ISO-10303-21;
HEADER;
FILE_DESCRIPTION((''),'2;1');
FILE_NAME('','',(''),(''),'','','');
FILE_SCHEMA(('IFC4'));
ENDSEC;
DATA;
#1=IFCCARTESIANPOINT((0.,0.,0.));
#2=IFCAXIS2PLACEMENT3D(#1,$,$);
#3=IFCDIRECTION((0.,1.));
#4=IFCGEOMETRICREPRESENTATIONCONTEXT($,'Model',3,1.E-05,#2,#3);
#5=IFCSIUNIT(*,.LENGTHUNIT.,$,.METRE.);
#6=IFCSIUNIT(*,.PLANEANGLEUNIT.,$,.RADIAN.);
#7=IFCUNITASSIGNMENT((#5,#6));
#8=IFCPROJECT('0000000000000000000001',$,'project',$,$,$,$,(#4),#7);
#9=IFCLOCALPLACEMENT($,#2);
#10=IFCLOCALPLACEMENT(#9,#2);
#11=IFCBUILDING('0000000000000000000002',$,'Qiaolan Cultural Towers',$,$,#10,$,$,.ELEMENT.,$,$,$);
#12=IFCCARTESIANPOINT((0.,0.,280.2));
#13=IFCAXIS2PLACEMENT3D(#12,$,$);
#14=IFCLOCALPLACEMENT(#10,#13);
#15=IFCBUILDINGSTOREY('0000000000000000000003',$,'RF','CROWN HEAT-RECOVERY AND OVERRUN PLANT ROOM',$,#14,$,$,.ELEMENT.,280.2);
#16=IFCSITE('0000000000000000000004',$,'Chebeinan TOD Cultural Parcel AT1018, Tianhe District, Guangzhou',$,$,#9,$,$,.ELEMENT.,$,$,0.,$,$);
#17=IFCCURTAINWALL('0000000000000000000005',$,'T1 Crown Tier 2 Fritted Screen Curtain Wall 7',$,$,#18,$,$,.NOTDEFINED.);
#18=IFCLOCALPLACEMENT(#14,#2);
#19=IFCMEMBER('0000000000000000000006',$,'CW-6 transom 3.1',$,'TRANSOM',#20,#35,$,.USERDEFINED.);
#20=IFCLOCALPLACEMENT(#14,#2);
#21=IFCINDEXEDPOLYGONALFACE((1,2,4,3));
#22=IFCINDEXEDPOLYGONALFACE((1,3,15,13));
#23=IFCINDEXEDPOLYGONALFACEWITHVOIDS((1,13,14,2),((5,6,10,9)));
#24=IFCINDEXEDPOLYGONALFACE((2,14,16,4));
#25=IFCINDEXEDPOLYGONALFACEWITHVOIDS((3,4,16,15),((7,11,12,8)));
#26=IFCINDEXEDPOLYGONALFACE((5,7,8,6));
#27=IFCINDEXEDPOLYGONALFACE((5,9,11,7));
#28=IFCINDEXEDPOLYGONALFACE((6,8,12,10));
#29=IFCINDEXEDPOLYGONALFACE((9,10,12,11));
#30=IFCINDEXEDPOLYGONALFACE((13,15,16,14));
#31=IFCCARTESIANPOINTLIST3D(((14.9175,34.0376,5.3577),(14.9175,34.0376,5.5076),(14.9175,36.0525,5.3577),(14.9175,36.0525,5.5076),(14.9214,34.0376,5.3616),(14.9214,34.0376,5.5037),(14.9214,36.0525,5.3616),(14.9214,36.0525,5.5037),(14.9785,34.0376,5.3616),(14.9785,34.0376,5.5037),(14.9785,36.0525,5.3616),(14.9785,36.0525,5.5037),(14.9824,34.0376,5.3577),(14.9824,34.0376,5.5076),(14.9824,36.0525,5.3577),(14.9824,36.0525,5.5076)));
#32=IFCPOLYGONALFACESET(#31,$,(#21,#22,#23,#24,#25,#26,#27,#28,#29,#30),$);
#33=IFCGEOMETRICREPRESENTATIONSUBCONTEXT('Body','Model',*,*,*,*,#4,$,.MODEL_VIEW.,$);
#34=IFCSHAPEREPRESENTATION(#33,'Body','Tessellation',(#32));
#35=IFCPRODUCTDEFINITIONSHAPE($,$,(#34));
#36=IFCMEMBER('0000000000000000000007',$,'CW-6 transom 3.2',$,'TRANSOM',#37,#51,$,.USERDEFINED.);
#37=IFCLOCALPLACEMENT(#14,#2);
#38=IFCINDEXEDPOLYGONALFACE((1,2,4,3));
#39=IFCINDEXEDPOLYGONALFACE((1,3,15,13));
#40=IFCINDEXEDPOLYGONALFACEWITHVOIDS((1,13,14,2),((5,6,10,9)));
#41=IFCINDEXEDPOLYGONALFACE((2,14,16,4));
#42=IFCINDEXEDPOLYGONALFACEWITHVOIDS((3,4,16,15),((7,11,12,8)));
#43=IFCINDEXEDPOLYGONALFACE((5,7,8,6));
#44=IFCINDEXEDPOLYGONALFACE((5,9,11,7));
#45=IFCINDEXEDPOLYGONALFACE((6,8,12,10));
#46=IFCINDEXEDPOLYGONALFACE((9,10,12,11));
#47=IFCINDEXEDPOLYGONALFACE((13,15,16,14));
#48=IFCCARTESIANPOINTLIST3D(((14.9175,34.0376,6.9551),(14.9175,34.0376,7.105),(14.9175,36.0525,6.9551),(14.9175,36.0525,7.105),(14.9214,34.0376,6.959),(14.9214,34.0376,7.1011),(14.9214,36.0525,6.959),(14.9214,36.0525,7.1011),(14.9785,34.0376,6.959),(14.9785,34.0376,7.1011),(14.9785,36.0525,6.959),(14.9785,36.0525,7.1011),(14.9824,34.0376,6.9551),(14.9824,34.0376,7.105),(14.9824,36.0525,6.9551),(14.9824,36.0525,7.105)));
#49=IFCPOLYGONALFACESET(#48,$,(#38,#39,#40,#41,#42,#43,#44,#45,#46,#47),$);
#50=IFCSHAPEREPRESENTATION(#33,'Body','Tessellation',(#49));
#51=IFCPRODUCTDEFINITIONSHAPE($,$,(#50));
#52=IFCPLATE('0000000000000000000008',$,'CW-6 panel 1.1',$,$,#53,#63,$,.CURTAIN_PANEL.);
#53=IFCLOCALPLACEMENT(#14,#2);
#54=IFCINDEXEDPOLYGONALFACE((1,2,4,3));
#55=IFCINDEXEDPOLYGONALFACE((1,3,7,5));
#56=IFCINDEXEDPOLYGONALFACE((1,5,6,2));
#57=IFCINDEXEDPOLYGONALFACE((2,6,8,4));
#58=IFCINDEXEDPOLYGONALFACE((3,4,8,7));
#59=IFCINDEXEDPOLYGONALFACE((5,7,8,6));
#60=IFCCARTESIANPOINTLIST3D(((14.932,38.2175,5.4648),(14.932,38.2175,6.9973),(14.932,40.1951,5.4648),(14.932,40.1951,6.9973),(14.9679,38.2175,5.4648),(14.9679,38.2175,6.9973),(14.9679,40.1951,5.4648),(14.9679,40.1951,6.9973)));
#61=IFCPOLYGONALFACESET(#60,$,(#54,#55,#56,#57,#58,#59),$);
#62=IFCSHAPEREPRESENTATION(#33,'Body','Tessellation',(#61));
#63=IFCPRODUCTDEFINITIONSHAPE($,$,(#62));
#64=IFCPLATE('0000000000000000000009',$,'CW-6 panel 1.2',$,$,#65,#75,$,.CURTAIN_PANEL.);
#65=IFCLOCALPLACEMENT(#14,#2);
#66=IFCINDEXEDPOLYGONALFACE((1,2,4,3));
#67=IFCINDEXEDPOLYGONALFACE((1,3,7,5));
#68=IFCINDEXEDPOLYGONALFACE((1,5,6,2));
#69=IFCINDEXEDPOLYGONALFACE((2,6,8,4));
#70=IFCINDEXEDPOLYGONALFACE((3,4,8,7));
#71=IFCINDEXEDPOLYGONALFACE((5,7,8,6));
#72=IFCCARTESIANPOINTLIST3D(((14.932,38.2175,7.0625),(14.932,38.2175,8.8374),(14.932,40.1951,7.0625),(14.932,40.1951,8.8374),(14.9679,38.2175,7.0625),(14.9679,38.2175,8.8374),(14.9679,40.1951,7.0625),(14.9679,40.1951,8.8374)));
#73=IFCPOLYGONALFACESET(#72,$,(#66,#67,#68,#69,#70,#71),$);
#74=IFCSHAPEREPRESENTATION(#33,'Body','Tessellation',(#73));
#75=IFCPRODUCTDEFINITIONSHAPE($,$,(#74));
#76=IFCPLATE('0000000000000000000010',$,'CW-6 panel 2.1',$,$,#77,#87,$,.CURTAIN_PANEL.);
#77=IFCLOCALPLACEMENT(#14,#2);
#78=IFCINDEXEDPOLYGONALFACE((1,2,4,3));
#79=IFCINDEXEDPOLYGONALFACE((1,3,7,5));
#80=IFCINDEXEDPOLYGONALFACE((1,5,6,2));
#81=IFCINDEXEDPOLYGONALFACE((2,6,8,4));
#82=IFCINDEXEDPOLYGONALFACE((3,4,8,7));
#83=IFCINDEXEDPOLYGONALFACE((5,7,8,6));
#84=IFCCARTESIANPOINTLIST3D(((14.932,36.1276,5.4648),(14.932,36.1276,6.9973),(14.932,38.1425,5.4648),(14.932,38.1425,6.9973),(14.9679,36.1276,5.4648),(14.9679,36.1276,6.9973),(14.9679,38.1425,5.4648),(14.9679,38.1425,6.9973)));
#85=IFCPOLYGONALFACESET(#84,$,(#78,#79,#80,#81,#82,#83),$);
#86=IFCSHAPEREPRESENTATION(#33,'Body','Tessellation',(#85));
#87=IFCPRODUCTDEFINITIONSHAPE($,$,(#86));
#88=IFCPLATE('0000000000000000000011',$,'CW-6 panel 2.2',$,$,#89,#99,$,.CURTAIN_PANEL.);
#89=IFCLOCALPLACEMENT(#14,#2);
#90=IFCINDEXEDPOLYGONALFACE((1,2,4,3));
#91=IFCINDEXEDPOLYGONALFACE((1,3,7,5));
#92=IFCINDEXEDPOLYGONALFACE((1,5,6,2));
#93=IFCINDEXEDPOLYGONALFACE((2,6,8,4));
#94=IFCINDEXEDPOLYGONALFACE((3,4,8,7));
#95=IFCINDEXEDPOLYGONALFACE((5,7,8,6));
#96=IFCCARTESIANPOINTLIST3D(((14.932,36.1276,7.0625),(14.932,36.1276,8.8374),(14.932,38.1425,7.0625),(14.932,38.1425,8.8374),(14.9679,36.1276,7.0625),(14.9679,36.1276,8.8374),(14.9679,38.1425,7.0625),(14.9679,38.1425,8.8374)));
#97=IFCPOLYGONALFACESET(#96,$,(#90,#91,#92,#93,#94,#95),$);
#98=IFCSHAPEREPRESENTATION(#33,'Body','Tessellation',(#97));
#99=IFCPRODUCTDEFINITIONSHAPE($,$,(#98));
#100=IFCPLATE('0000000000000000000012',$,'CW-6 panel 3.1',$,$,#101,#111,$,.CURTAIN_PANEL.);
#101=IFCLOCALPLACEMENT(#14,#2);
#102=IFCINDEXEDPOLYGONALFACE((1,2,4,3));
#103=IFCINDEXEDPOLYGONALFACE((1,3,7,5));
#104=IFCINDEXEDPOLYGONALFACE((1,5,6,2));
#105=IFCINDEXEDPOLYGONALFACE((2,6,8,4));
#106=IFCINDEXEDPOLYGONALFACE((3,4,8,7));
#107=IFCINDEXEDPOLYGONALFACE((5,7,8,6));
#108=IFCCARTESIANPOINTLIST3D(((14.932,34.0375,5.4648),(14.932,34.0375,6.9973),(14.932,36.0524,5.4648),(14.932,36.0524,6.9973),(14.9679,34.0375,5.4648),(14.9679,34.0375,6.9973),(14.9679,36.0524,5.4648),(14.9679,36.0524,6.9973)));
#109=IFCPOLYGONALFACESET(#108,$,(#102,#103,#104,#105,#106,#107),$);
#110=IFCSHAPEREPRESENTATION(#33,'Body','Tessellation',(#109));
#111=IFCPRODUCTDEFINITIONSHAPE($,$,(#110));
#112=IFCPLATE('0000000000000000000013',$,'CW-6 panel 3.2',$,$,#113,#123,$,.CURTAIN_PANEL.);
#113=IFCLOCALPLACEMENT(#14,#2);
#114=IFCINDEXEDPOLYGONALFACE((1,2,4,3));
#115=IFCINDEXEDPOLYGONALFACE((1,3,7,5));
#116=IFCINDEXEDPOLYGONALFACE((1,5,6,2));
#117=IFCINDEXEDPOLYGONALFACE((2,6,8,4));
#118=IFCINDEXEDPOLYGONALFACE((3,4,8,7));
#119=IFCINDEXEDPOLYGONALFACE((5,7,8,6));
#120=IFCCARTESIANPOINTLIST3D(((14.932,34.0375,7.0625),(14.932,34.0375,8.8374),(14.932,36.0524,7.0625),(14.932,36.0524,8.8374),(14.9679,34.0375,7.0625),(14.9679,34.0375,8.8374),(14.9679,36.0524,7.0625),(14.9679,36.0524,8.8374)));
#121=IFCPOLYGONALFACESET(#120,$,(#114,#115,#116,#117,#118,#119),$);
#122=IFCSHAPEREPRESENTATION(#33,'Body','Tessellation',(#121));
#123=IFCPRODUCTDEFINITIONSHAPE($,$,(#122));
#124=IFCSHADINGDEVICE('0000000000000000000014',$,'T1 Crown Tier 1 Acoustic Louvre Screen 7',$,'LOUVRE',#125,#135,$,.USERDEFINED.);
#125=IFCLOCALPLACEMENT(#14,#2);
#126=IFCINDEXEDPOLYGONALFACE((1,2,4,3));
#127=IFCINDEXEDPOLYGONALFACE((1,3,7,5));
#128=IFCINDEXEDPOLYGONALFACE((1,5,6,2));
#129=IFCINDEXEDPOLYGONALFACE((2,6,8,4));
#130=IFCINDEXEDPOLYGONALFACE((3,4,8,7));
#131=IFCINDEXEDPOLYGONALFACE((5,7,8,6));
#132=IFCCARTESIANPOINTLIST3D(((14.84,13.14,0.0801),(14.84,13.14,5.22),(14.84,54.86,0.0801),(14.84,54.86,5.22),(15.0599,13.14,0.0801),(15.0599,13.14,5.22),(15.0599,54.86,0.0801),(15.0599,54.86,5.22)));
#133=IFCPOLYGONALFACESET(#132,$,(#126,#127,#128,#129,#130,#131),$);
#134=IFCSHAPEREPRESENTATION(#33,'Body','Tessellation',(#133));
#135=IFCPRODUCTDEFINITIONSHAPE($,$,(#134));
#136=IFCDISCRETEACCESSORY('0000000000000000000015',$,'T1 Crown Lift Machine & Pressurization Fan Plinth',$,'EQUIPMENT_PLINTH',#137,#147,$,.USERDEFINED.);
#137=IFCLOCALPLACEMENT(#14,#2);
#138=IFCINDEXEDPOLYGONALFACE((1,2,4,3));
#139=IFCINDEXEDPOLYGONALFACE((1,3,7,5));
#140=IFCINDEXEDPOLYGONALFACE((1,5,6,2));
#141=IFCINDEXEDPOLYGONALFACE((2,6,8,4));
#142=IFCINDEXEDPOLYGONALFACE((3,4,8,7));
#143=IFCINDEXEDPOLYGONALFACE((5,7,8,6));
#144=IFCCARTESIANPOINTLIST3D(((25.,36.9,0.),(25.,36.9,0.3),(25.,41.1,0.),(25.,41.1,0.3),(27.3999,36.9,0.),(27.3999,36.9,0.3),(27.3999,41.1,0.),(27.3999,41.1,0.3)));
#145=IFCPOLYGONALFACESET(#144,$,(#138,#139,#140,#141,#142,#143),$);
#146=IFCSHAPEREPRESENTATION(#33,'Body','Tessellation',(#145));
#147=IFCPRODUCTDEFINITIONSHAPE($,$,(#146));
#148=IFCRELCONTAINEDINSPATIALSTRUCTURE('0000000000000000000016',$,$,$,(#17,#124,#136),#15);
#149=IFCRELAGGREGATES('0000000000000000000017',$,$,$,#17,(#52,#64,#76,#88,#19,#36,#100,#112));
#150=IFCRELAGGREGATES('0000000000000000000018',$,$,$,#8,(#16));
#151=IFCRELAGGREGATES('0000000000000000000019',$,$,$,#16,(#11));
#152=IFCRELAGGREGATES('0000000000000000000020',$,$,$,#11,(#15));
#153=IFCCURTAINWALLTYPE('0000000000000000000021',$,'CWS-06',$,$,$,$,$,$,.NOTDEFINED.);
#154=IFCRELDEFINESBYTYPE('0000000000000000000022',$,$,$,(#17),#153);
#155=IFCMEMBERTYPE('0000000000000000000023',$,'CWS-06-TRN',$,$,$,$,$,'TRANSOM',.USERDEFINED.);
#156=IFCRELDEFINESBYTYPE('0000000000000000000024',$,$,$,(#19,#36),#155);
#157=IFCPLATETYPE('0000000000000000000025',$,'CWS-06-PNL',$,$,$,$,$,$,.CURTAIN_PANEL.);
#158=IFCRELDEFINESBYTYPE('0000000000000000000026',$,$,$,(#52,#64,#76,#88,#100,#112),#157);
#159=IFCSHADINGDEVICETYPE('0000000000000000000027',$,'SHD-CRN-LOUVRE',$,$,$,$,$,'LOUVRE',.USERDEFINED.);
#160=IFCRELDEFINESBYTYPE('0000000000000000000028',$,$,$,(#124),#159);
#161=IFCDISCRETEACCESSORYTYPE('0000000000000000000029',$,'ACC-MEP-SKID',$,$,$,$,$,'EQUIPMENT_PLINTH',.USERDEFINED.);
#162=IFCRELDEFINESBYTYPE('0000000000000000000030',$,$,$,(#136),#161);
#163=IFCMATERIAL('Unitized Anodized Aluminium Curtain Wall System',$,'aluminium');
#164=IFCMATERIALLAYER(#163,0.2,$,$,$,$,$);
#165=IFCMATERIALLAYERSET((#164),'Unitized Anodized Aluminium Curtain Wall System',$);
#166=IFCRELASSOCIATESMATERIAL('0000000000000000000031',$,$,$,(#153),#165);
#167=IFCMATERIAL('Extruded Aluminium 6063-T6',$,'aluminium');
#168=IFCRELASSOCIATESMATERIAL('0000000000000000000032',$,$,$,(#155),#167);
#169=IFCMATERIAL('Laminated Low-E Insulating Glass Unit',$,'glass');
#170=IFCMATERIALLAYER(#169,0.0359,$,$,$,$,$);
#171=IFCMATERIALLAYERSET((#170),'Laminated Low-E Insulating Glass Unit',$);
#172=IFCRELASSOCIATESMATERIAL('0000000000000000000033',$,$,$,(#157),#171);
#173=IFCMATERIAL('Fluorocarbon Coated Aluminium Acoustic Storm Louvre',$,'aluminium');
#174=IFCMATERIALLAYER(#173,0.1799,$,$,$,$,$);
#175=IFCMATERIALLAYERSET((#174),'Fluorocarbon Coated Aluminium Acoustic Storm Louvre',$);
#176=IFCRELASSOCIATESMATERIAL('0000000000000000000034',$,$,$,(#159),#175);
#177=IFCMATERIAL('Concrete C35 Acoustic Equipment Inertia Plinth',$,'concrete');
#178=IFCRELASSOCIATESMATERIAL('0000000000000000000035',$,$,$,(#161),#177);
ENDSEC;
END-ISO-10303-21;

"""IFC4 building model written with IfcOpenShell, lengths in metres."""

from ifc_helpers import new_model, si_unit, direction, frame, origin, origin_2d, place, context, subcontext, project, spatial, rectangle, hollow_rectangle, extrude, material, layer, layer_set, material_profile, profile_set, type_object, element, aggregate, save


model = new_model("IFC4")

# Units and contexts
model_context = context("Model", 3, precision=1e-05, world=origin(), true_north=direction((0.0, 1.0)))
body_context = subcontext(model_context, "Body", "Model", "MODEL_VIEW")
ifc_project = project(units=[si_unit("LENGTHUNIT", "METRE"), si_unit("PLANEANGLEUNIT", "RADIAN")], contexts=[model_context])

# Site, building, storey
site_placement = place(None, origin())
site = spatial("IfcSite", under=ifc_project, at=site_placement, Name="Chebeinan TOD Cultural Parcel AT1018, Tianhe District, Guangzhou", CompositionType="ELEMENT", RefElevation=0.0)
building_placement = place(site_placement, origin())
building = spatial("IfcBuilding", under=site, at=building_placement, Name="Qiaolan Cultural Towers", CompositionType="ELEMENT")
storey_placement = place(building_placement, frame((0.0, 0.0, 280.2)))
storey = spatial("IfcBuildingStorey", under=building, at=storey_placement, Name="RF", Description="CROWN HEAT-RECOVERY AND OVERRUN PLANT ROOM", CompositionType="ELEMENT", Elevation=280.2)

# Curtain wall, members, plates
ifc_material_1 = material(Name="Unitized Anodized Aluminium Curtain Wall System", Category="aluminium")
ifc_layer_1 = layer(ifc_material_1, 0.2)
ifc_layer_set_1 = layer_set([ifc_layer_1], Name="Unitized Anodized Aluminium Curtain Wall System")
curtain_wall_type = type_object("IfcCurtainWallType", Name="CWS-06", PredefinedType="NOTDEFINED", material=ifc_layer_set_1)
curtain_wall_placement = place(storey_placement, origin())
curtain_wall = element("IfcCurtainWall", 1, at=curtain_wall_placement, inside=storey, type_object=curtain_wall_type, Name="T1 Crown Tier 2 Fritted Screen Curtain Wall 7", PredefinedType="NOTDEFINED")
ifc_material_2 = material(Name="Extruded Aluminium 6063-T6", Category="aluminium")
ifc_material_profile_1 = material_profile(ifc_material_2, hollow_rectangle(XDim=0.0649, YDim=0.1499, WallThickness=0.0039, at=origin_2d()), Name="CWT-150x65x4")
ifc_profile_set_1 = profile_set([ifc_material_profile_1], Name="Extruded Aluminium 6063-T6")
member_type_1 = type_object("IfcMemberType", Name="CWS-06-TRN", ElementType="TRANSOM", PredefinedType="USERDEFINED", material=ifc_profile_set_1)
member_1_placement = place(storey_placement, frame((14.95, 36.0525, 5.4326), z_axis=(0.0, -1.0, 0.0), x_axis=(1.0, 0.0, 0.0)))
member_1 = element("IfcMember", 2, at=member_1_placement, type_object=member_type_1, Name="CW-6 transom 3.1", ObjectType="TRANSOM", PredefinedType="USERDEFINED", context=body_context, shape_type="SweptSolid", body=[
    extrude(hollow_rectangle(XDim=0.0649, YDim=0.1499, WallThickness=0.0039, at=origin_2d()), origin(), (0.0, 0.0, 1.0), 2.0149),
])
member_2_placement = place(storey_placement, frame((14.95, 36.0525, 7.03), z_axis=(0.0, -1.0, 0.0), x_axis=(1.0, 0.0, 0.0)))
member_2 = element("IfcMember", 3, at=member_2_placement, type_object=member_type_1, Name="CW-6 transom 3.2", ObjectType="TRANSOM", PredefinedType="USERDEFINED", context=body_context, shape_type="SweptSolid", body=[
    extrude(hollow_rectangle(XDim=0.0649, YDim=0.1499, WallThickness=0.0039, at=origin_2d()), origin(), (0.0, 0.0, 1.0), 2.0149),
])
ifc_material_3 = material(Name="Laminated Low-E Insulating Glass Unit", Category="glass")
ifc_layer_2 = layer(ifc_material_3, 0.0359)
ifc_layer_set_2 = layer_set([ifc_layer_2], Name="Laminated Low-E Insulating Glass Unit")
plate_type = type_object("IfcPlateType", Name="CWS-06-PNL", PredefinedType="CURTAIN_PANEL", material=ifc_layer_set_2)
plate_1_placement = place(storey_placement, frame((14.95, 39.2063, 5.4648), z_axis=(0.0, 0.0, 1.0), x_axis=(0.0, -1.0, 0.0)))
plate_1 = element("IfcPlate", 4, at=plate_1_placement, type_object=plate_type, Name="CW-6 panel 1.1", PredefinedType="CURTAIN_PANEL", context=body_context, shape_type="SweptSolid", body=[
    extrude(rectangle(XDim=1.9775, YDim=0.0359, at=origin_2d()), origin(), (0.0, 0.0, 1.0), 1.5325),
])
plate_2_placement = place(storey_placement, frame((14.95, 39.2063, 7.0625), z_axis=(0.0, 0.0, 1.0), x_axis=(0.0, -1.0, 0.0)))
plate_2 = element("IfcPlate", 5, at=plate_2_placement, type_object=plate_type, Name="CW-6 panel 1.2", PredefinedType="CURTAIN_PANEL", context=body_context, shape_type="SweptSolid", body=[
    extrude(rectangle(XDim=1.9775, YDim=0.0359, at=origin_2d()), origin(), (0.0, 0.0, 1.0), 1.7749),
])
plate_3_placement = place(storey_placement, frame((14.95, 37.135, 5.4648), z_axis=(0.0, 0.0, 1.0), x_axis=(0.0, -1.0, 0.0)))
plate_3 = element("IfcPlate", 6, at=plate_3_placement, type_object=plate_type, Name="CW-6 panel 2.1", PredefinedType="CURTAIN_PANEL", context=body_context, shape_type="SweptSolid", body=[
    extrude(rectangle(XDim=2.0149, YDim=0.0359, at=origin_2d()), origin(), (0.0, 0.0, 1.0), 1.5325),
])
plate_4_placement = place(storey_placement, frame((14.95, 37.135, 7.0625), z_axis=(0.0, 0.0, 1.0), x_axis=(0.0, -1.0, 0.0)))
plate_4 = element("IfcPlate", 7, at=plate_4_placement, type_object=plate_type, Name="CW-6 panel 2.2", PredefinedType="CURTAIN_PANEL", context=body_context, shape_type="SweptSolid", body=[
    extrude(rectangle(XDim=2.0149, YDim=0.0359, at=origin_2d()), origin(), (0.0, 0.0, 1.0), 1.7749),
])
plate_5_placement = place(storey_placement, frame((14.95, 35.0449, 5.4648), z_axis=(0.0, 0.0, 1.0), x_axis=(0.0, -1.0, 0.0)))
plate_5 = element("IfcPlate", 8, at=plate_5_placement, type_object=plate_type, Name="CW-6 panel 3.1", PredefinedType="CURTAIN_PANEL", context=body_context, shape_type="SweptSolid", body=[
    extrude(rectangle(XDim=2.0149, YDim=0.0359, at=origin_2d()), origin(), (0.0, 0.0, 1.0), 1.5325),
])
plate_6_placement = place(storey_placement, frame((14.95, 35.0449, 7.0625), z_axis=(0.0, 0.0, 1.0), x_axis=(0.0, -1.0, 0.0)))
plate_6 = element("IfcPlate", 9, at=plate_6_placement, type_object=plate_type, Name="CW-6 panel 3.2", PredefinedType="CURTAIN_PANEL", context=body_context, shape_type="SweptSolid", body=[
    extrude(rectangle(XDim=2.0149, YDim=0.0359, at=origin_2d()), origin(), (0.0, 0.0, 1.0), 1.7749),
])
aggregate(curtain_wall, [plate_1, plate_2, plate_3, plate_4, member_1, member_2, plate_5, plate_6])

# Shading device
ifc_material_4 = material(Name="Fluorocarbon Coated Aluminium Acoustic Storm Louvre", Category="aluminium")
ifc_layer_3 = layer(ifc_material_4, 0.1799)
ifc_layer_set_3 = layer_set([ifc_layer_3], Name="Fluorocarbon Coated Aluminium Acoustic Storm Louvre")
shading_device_type = type_object("IfcShadingDeviceType", Name="SHD-CRN-LOUVRE", ElementType="LOUVRE", PredefinedType="USERDEFINED", material=ifc_layer_set_3)
shading_device_placement = place(storey_placement, frame((14.95, 34.0, 0.0801), z_axis=(0.0, 0.0, 1.0), x_axis=(0.0, -1.0, 0.0)))
element("IfcShadingDevice", 10, at=shading_device_placement, inside=storey, type_object=shading_device_type, Name="T1 Crown Tier 1 Acoustic Louvre Screen 7", ObjectType="LOUVRE", PredefinedType="USERDEFINED", context=body_context, shape_type="SweptSolid", body=[
    extrude(rectangle(XDim=41.72, YDim=0.22, at=origin_2d()), origin(), (0.0, 0.0, 1.0), 5.1399),
])

# Discrete accessory
ifc_material_5 = material(Name="Concrete C35 Acoustic Equipment Inertia Plinth", Category="concrete")
discrete_accessory_type = type_object("IfcDiscreteAccessoryType", Name="ACC-MEP-SKID", ElementType="EQUIPMENT_PLINTH", PredefinedType="USERDEFINED", material=ifc_material_5)
discrete_accessory_placement = place(storey_placement, frame((26.2, 39.0, 0.0), z_axis=(0.0, 0.0, 1.0), x_axis=(1.0, 0.0, 0.0)))
element("IfcDiscreteAccessory", 11, at=discrete_accessory_placement, inside=storey, type_object=discrete_accessory_type, Name="T1 Crown Lift Machine & Pressurization Fan Plinth", ObjectType="EQUIPMENT_PLINTH", PredefinedType="USERDEFINED", context=body_context, shape_type="SweptSolid", body=[
    extrude(rectangle(XDim=2.3999, YDim=4.2, at=origin_2d()), origin(), (0.0, 0.0, 1.0), 0.3),
])

save(model, "model.ifc")
